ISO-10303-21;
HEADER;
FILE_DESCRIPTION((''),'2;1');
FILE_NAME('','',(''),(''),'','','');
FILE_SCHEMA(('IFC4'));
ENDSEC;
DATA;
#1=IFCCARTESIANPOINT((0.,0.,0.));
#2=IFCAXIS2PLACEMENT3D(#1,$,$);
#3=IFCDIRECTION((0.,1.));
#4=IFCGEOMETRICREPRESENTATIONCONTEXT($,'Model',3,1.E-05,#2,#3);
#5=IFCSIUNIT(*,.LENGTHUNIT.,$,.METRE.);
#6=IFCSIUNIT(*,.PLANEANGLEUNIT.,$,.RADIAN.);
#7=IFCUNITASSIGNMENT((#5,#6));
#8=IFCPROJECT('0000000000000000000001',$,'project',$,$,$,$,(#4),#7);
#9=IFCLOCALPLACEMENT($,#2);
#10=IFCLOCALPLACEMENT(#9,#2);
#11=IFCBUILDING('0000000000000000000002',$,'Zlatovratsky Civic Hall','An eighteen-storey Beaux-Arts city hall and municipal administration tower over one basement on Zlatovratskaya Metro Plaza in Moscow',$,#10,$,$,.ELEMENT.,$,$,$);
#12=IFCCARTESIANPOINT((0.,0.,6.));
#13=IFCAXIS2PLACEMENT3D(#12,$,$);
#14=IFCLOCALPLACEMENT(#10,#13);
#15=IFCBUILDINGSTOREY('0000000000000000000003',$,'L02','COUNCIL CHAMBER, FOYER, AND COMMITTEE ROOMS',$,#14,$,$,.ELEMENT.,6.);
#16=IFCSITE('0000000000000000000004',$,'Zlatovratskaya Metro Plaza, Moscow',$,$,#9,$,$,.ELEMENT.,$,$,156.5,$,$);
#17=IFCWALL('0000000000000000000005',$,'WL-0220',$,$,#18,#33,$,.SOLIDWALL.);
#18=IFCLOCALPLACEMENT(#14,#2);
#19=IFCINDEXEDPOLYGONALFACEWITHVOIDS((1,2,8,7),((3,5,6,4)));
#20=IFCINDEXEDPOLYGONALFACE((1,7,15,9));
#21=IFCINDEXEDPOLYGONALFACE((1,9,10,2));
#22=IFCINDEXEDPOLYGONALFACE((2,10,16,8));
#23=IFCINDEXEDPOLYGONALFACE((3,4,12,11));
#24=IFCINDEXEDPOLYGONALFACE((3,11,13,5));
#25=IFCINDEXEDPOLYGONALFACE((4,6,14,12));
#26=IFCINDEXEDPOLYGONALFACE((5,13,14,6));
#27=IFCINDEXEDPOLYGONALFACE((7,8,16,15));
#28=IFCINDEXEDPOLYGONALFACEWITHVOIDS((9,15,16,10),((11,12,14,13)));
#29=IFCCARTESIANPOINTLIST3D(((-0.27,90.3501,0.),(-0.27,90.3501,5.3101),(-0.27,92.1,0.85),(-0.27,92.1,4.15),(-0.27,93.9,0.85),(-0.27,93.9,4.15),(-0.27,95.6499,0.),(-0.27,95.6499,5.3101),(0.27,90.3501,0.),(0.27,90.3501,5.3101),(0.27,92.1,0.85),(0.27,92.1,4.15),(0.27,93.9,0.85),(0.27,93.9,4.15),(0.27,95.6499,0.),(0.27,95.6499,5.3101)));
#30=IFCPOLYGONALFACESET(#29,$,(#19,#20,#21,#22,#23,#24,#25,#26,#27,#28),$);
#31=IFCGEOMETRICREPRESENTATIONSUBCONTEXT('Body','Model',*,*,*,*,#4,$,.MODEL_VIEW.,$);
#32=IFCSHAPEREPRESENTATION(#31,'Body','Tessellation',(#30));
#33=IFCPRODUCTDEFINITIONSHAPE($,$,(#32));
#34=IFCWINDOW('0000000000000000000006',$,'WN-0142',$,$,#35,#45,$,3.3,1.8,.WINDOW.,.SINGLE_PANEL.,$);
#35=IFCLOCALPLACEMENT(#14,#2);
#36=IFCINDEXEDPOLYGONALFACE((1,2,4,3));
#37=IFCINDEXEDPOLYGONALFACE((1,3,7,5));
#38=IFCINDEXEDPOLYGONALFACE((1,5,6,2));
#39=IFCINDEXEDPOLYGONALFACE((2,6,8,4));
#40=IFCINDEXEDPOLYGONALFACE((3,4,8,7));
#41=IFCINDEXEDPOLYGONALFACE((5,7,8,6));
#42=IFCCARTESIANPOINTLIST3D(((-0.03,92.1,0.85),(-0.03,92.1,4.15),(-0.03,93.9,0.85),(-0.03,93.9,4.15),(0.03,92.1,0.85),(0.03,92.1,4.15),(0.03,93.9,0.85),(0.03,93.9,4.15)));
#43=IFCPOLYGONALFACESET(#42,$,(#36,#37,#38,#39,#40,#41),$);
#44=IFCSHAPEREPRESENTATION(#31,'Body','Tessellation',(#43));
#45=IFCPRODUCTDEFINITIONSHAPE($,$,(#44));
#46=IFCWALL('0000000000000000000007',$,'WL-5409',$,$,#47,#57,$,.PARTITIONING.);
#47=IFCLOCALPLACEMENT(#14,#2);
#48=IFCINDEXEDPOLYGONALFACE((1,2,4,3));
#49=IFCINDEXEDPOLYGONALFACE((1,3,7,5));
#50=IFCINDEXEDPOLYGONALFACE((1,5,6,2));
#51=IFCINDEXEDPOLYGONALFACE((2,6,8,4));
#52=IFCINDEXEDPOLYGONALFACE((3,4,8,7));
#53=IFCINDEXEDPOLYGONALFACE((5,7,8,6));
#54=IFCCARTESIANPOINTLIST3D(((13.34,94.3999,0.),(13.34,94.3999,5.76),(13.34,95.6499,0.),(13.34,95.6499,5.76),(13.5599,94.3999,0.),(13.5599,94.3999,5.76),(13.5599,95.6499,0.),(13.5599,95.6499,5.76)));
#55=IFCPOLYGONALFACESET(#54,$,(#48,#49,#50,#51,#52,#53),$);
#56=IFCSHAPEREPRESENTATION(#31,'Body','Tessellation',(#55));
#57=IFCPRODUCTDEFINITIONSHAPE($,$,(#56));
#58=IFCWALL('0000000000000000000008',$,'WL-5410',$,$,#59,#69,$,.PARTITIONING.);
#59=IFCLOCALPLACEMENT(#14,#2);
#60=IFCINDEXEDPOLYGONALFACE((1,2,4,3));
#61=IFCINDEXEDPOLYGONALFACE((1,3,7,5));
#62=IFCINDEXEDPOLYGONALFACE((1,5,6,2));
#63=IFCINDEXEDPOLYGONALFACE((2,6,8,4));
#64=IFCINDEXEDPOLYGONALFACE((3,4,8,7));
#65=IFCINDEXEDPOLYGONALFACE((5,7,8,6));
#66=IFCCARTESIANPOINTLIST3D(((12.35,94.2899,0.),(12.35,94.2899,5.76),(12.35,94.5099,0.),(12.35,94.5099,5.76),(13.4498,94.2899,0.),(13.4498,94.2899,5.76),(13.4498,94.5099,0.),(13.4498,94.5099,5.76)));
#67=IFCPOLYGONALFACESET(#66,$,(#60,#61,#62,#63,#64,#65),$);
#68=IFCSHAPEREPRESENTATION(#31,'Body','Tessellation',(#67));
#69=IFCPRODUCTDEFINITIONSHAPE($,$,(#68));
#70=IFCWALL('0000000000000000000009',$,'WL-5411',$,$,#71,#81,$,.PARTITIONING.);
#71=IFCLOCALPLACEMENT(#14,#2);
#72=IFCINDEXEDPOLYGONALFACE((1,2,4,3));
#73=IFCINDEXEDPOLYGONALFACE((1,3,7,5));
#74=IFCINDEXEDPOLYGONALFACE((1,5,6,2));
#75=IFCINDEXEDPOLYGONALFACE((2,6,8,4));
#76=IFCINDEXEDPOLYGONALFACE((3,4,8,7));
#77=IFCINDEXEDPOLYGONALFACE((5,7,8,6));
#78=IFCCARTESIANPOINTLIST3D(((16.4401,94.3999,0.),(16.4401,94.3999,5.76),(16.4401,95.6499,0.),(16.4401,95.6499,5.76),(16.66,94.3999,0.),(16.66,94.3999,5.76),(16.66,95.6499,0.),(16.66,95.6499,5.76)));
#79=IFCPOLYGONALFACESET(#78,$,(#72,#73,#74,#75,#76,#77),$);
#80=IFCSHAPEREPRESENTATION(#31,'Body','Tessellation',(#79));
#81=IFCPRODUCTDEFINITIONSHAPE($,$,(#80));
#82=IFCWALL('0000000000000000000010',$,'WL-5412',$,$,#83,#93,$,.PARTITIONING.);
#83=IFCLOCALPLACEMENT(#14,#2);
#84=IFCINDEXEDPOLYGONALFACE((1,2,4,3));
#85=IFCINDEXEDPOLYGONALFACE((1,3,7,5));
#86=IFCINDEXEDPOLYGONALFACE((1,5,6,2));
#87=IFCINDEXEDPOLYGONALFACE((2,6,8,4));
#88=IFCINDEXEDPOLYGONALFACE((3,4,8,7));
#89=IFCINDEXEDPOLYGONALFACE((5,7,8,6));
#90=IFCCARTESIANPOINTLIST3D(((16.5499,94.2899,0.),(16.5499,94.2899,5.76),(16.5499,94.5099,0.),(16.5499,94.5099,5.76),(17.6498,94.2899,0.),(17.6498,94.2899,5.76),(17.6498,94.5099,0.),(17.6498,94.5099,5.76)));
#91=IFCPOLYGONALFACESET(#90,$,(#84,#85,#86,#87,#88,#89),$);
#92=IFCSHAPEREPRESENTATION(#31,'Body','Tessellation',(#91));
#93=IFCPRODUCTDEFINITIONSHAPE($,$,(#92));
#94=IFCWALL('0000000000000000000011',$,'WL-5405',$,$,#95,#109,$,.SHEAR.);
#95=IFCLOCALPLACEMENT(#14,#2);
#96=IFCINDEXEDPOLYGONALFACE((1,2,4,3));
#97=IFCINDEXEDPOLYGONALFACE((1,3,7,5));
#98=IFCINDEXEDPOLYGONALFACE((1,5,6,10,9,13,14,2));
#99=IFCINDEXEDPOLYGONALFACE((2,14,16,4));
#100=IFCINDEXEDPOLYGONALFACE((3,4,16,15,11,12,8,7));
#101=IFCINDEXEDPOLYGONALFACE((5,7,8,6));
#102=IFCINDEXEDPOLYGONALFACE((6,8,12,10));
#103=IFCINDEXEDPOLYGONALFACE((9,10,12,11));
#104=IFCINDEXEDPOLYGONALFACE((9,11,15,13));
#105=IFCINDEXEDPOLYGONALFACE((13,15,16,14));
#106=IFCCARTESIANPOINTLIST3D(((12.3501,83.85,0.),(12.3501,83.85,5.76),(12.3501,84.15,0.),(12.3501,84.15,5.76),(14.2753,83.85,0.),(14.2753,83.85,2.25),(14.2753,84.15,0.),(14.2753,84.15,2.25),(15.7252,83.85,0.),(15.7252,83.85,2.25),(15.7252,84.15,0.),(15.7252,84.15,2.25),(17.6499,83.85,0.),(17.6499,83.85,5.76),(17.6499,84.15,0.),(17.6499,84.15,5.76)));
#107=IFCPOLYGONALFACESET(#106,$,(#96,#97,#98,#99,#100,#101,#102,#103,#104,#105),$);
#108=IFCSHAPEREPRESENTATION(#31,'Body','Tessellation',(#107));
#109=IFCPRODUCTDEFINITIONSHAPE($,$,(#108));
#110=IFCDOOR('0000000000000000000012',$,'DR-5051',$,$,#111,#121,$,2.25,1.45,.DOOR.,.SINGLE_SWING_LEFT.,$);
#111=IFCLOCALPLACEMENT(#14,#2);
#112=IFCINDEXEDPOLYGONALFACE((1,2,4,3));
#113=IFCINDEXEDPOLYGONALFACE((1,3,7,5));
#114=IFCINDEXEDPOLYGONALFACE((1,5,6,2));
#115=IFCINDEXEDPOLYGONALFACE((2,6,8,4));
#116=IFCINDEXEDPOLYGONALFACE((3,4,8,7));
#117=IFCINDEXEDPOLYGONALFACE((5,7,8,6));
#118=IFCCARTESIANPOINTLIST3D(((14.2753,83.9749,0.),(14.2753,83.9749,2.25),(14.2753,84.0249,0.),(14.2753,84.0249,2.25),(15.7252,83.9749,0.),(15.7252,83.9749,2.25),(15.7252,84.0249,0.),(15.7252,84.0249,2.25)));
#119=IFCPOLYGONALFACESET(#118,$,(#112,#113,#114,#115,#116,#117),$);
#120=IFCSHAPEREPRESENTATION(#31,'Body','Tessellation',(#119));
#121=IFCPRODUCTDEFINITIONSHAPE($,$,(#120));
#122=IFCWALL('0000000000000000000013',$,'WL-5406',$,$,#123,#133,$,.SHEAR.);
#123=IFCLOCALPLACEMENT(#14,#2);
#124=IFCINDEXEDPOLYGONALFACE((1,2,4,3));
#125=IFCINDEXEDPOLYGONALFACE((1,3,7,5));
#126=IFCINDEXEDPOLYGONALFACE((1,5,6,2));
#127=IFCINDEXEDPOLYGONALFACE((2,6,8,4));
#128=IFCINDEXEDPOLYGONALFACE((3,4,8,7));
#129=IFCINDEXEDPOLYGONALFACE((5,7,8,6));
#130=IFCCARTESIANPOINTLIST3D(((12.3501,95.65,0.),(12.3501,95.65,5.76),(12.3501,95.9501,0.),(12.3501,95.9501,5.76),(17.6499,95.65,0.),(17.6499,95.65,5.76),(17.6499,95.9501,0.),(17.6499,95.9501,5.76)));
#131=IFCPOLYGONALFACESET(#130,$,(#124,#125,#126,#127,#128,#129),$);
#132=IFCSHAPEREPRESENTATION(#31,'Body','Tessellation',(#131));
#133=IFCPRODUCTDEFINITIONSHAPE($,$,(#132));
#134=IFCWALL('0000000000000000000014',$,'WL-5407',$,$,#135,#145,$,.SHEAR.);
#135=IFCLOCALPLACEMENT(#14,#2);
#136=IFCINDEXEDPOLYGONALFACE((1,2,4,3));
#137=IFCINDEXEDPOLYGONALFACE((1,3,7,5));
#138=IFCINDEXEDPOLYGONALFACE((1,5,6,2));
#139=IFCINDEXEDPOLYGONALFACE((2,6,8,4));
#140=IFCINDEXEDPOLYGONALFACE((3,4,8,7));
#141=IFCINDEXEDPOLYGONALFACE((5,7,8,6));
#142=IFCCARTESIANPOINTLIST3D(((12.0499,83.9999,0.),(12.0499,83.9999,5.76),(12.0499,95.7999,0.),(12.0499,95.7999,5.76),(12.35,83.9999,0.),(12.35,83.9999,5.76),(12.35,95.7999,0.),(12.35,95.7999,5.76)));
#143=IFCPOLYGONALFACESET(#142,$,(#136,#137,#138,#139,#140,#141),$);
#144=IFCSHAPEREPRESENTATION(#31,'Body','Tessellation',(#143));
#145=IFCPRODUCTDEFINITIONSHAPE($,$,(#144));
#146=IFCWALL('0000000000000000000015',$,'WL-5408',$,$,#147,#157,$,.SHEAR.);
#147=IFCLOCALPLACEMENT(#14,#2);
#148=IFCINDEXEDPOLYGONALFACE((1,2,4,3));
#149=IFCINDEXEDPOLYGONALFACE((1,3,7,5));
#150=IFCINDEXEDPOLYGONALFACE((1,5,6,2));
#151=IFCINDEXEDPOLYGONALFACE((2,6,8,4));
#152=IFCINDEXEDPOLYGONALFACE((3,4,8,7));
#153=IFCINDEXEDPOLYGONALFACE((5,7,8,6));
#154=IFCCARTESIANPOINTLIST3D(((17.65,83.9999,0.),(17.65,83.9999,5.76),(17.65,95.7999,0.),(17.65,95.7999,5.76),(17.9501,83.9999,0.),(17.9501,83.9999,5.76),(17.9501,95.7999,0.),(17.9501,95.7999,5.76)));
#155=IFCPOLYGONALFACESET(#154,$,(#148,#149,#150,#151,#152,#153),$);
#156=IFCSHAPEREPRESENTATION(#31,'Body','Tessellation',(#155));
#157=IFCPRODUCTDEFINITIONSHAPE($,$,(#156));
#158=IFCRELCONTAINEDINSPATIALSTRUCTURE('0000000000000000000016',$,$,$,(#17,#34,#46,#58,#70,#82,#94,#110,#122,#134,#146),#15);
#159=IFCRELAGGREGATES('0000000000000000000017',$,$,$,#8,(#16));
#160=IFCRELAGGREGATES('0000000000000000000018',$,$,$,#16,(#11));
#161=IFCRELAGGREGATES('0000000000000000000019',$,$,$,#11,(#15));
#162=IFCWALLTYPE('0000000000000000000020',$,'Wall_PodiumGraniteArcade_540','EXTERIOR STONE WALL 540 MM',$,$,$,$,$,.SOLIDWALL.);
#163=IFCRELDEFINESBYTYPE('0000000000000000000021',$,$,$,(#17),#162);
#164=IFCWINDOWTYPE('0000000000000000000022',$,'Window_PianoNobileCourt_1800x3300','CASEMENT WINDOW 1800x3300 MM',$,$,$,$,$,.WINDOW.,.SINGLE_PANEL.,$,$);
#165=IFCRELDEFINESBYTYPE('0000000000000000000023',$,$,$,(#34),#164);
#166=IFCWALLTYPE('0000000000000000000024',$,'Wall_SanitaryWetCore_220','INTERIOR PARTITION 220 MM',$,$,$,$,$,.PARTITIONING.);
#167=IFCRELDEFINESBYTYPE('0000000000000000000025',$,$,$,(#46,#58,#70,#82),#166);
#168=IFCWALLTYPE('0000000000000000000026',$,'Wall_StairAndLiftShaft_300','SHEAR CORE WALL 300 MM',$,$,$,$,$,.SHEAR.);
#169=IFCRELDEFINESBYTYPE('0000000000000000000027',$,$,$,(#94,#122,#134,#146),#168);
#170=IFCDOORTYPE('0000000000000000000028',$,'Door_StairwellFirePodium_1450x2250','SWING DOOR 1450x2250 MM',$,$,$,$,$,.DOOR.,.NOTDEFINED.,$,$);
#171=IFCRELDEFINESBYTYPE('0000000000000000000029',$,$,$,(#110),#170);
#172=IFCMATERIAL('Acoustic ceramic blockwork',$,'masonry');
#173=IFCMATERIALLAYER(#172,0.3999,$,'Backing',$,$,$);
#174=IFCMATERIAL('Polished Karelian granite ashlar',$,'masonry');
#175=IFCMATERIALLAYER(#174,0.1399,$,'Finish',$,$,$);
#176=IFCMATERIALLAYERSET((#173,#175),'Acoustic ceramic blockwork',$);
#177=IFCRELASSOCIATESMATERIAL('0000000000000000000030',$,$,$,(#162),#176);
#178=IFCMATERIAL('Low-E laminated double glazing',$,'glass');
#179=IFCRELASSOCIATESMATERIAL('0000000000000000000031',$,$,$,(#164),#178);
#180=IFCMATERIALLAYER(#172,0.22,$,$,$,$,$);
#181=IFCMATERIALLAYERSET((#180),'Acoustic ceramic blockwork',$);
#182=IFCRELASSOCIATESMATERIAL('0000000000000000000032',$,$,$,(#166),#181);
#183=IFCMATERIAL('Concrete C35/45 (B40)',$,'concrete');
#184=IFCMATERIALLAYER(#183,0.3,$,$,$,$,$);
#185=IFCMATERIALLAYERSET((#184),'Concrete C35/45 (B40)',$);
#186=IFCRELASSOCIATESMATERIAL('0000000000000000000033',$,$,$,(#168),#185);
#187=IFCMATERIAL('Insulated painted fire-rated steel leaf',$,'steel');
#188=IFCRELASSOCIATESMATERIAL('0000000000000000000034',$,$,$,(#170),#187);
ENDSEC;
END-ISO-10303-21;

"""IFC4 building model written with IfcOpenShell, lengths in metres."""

from ifc_helpers import new_model, si_unit, direction, frame, frame_2d, origin, place, context, subcontext, project, spatial, rectangle, extrude, material, layer, layer_set, type_object, element, fill, save


model = new_model("IFC4")

# Units and contexts
model_context = context("Model", 3, precision=1e-05, world=origin(), true_north=direction((0.0, 1.0)))
body_context = subcontext(model_context, "Body", "Model", "MODEL_VIEW")
ifc_project = project(units=[si_unit("LENGTHUNIT", "METRE"), si_unit("PLANEANGLEUNIT", "RADIAN")], contexts=[model_context])

# Site, building, storey
site_placement = place(None, origin())
site = spatial("IfcSite", under=ifc_project, at=site_placement, Name="Zlatovratskaya Metro Plaza, Moscow", CompositionType="ELEMENT", RefElevation=156.5)
building_placement = place(site_placement, origin())
building = spatial("IfcBuilding", under=site, at=building_placement, Name="Zlatovratsky Civic Hall", Description="An eighteen-storey Beaux-Arts city hall and municipal administration tower over one basement on Zlatovratskaya Metro Plaza in Moscow", CompositionType="ELEMENT")
storey_placement = place(building_placement, frame((0.0, 0.0, 6.0)))
storey = spatial("IfcBuildingStorey", under=building, at=storey_placement, Name="L02", Description="COUNCIL CHAMBER, FOYER, AND COMMITTEE ROOMS", CompositionType="ELEMENT", Elevation=6.0)

# Shared definitions
ifc_material_1 = material(Name="Concrete C35/45 (B40)", Category="concrete")

# Shared definitions
ifc_material_2 = material(Name="Acoustic ceramic blockwork", Category="masonry")
ifc_material_3 = material(Name="Insulated painted fire-rated steel leaf", Category="steel")

# Wall, opening, window
ifc_layer_1 = layer(ifc_material_2, 0.3999, Name="Backing")
ifc_material_4 = material(Name="Polished Karelian granite ashlar", Category="masonry")
ifc_layer_2 = layer(ifc_material_4, 0.1399, Name="Finish")
ifc_layer_set_1 = layer_set([ifc_layer_1, ifc_layer_2], Name="Acoustic ceramic blockwork")
wall_type_1 = type_object("IfcWallType", Name="Wall_PodiumGraniteArcade_540", Description="EXTERIOR STONE WALL 540 MM", PredefinedType="SOLIDWALL", material=ifc_layer_set_1)
ifc_material_5 = material(Name="Low-E laminated double glazing", Category="glass")
window_type = type_object("IfcWindowType", Name="Window_PianoNobileCourt_1800x3300", Description="CASEMENT WINDOW 1800x3300 MM", PartitioningType="SINGLE_PANEL", PredefinedType="WINDOW", material=ifc_material_5)
wall_1_placement = place(storey_placement, frame((0.0, 90.3501, 0.0), z_axis=(0.0, 0.0, 1.0), x_axis=(0.0, 1.0, 0.0)))
wall_1 = element("IfcWall", 1, at=wall_1_placement, inside=storey, type_object=wall_type_1, Name="WL-0220", PredefinedType="SOLIDWALL", context=body_context, shape_type="SweptSolid", body=[
    extrude(rectangle(XDim=5.2998, YDim=0.54, at=frame_2d((2.6499, 0.0))), origin(), (0.0, 0.0, 1.0), 5.3101),
])
opening_1_placement = place(wall_1_placement, frame((1.75, 0.0, 0.8501)))
opening_1 = element("IfcOpeningElement", 2, at=opening_1_placement, cuts=wall_1, PredefinedType="OPENING", context=body_context, shape_type="SweptSolid", body=[
    extrude(rectangle(XDim=1.8, YDim=3.3, at=frame_2d((0.8999, 1.6499))), frame((0.0, 0.2849, 0.0), z_axis=(0.0, -1.0, 0.0), x_axis=(1.0, 0.0, 0.0)), (0.0, 0.0, 1.0), 0.5698),
])
window_1_placement = place(opening_1_placement, origin())
window_1 = element("IfcWindow", 3, at=window_1_placement, inside=storey, type_object=window_type, Name="WN-0142", OverallHeight=3.3, OverallWidth=1.8, PartitioningType="SINGLE_PANEL", PredefinedType="WINDOW", context=body_context, shape_type="SweptSolid", body=[
    extrude(rectangle(XDim=1.8, YDim=3.3, at=frame_2d((0.8999, 1.6499))), frame((0.0, 0.03, 0.0), z_axis=(0.0, -1.0, 0.0), x_axis=(1.0, 0.0, 0.0)), (0.0, 0.0, 1.0), 0.0601),
])
fill(opening_1, window_1)

# Walls
ifc_layer_3 = layer(ifc_material_2, 0.22)
ifc_layer_set_2 = layer_set([ifc_layer_3], Name="Acoustic ceramic blockwork")
wall_type_2 = type_object("IfcWallType", Name="Wall_SanitaryWetCore_220", Description="INTERIOR PARTITION 220 MM", PredefinedType="PARTITIONING", material=ifc_layer_set_2)
wall_2_placement = place(storey_placement, frame((13.45, 94.3999, 0.0), z_axis=(0.0, 0.0, 1.0), x_axis=(0.0, 1.0, 0.0)))
element("IfcWall", 4, at=wall_2_placement, inside=storey, type_object=wall_type_2, Name="WL-5409", PredefinedType="PARTITIONING", context=body_context, shape_type="SweptSolid", body=[
    extrude(rectangle(XDim=1.25, YDim=0.22, at=frame_2d((0.625, 0.0))), origin(), (0.0, 0.0, 1.0), 5.76),
])
wall_3_placement = place(storey_placement, frame((12.3501, 94.3999, 0.0), z_axis=(0.0, 0.0, 1.0), x_axis=(1.0, 0.0, 0.0)))
element("IfcWall", 5, at=wall_3_placement, inside=storey, type_object=wall_type_2, Name="WL-5410", PredefinedType="PARTITIONING", context=body_context, shape_type="SweptSolid", body=[
    extrude(rectangle(XDim=1.0999, YDim=0.22, at=frame_2d((0.5498, 0.0))), origin(), (0.0, 0.0, 1.0), 5.76),
])
wall_4_placement = place(storey_placement, frame((16.55, 94.3999, 0.0), z_axis=(0.0, 0.0, 1.0), x_axis=(0.0, 1.0, 0.0)))
element("IfcWall", 6, at=wall_4_placement, inside=storey, type_object=wall_type_2, Name="WL-5411", PredefinedType="PARTITIONING", context=body_context, shape_type="SweptSolid", body=[
    extrude(rectangle(XDim=1.25, YDim=0.22, at=frame_2d((0.625, 0.0))), origin(), (0.0, 0.0, 1.0), 5.76),
])
wall_5_placement = place(storey_placement, frame((16.55, 94.3999, 0.0), z_axis=(0.0, 0.0, 1.0), x_axis=(1.0, 0.0, 0.0)))
element("IfcWall", 7, at=wall_5_placement, inside=storey, type_object=wall_type_2, Name="WL-5412", PredefinedType="PARTITIONING", context=body_context, shape_type="SweptSolid", body=[
    extrude(rectangle(XDim=1.0999, YDim=0.22, at=frame_2d((0.5498, 0.0))), origin(), (0.0, 0.0, 1.0), 5.76),
])

# Wall, opening, door
ifc_layer_4 = layer(ifc_material_1, 0.3)
ifc_layer_set_3 = layer_set([ifc_layer_4], Name="Concrete C35/45 (B40)")
wall_type_3 = type_object("IfcWallType", Name="Wall_StairAndLiftShaft_300", Description="SHEAR CORE WALL 300 MM", PredefinedType="SHEAR", material=ifc_layer_set_3)
wall_6_placement = place(storey_placement, frame((12.3501, 84.0, 0.0), z_axis=(0.0, 0.0, 1.0), x_axis=(1.0, 0.0, 0.0)))
wall_6 = element("IfcWall", 8, at=wall_6_placement, inside=storey, type_object=wall_type_3, Name="WL-5405", PredefinedType="SHEAR", context=body_context, shape_type="SweptSolid", body=[
    extrude(rectangle(XDim=5.2998, YDim=0.3, at=frame_2d((2.6499, 0.0))), origin(), (0.0, 0.0, 1.0), 5.76),
])
opening_2_placement = place(wall_6_placement, frame((1.925, 0.0, 0.0)))
opening_2 = element("IfcOpeningElement", 9, at=opening_2_placement, cuts=wall_6, PredefinedType="OPENING", context=body_context, shape_type="SweptSolid", body=[
    extrude(rectangle(XDim=1.45, YDim=2.25, at=frame_2d((0.7251, 1.125))), frame((0.0, 0.165, 0.0), z_axis=(0.0, -1.0, 0.0), x_axis=(1.0, 0.0, 0.0)), (0.0, 0.0, 1.0), 0.3298),
])
door_type_1 = type_object("IfcDoorType", Name="Door_StairwellFirePodium_1450x2250", Description="SWING DOOR 1450x2250 MM", OperationType="NOTDEFINED", PredefinedType="DOOR", material=ifc_material_3)
door_1_placement = place(opening_2_placement, origin())
door_1 = element("IfcDoor", 10, at=door_1_placement, inside=storey, type_object=door_type_1, Name="DR-5051", OperationType="SINGLE_SWING_LEFT", OverallHeight=2.25, OverallWidth=1.45, PredefinedType="DOOR", context=body_context, shape_type="SweptSolid", body=[
    extrude(rectangle(XDim=1.45, YDim=2.25, at=frame_2d((0.7251, 1.125))), frame((0.0, 0.0249, 0.0), z_axis=(0.0, -1.0, 0.0), x_axis=(1.0, 0.0, 0.0)), (0.0, 0.0, 1.0), 0.05),
])
fill(opening_2, door_1)

# Walls
wall_7_placement = place(storey_placement, frame((12.3501, 95.8, 0.0), z_axis=(0.0, 0.0, 1.0), x_axis=(1.0, 0.0, 0.0)))
element("IfcWall", 11, at=wall_7_placement, inside=storey, type_object=wall_type_3, Name="WL-5406", PredefinedType="SHEAR", context=body_context, shape_type="SweptSolid", body=[
    extrude(rectangle(XDim=5.2998, YDim=0.3, at=frame_2d((2.6499, 0.0))), origin(), (0.0, 0.0, 1.0), 5.76),
])
for number, where, z_axis, x_axis, name in (
    (12, (12.2, 84.0, 0.0), (0.0, 0.0, 1.0), (0.0, 1.0, 0.0), "WL-5407"),
    (13, (17.8, 84.0, 0.0), (0.0, 0.0, 1.0), (0.0, 1.0, 0.0), "WL-5408"),
):
    element("IfcWall", number, at=place(storey_placement, frame(where, z_axis=z_axis, x_axis=x_axis)), inside=storey, type_object=wall_type_3, Name=name, PredefinedType="SHEAR", context=body_context, shape_type="SweptSolid", body=[
        extrude(rectangle(XDim=11.8, YDim=0.3, at=frame_2d((5.8999, 0.0))), origin(), (0.0, 0.0, 1.0), 5.76),
    ])

save(model, "model.ifc")
